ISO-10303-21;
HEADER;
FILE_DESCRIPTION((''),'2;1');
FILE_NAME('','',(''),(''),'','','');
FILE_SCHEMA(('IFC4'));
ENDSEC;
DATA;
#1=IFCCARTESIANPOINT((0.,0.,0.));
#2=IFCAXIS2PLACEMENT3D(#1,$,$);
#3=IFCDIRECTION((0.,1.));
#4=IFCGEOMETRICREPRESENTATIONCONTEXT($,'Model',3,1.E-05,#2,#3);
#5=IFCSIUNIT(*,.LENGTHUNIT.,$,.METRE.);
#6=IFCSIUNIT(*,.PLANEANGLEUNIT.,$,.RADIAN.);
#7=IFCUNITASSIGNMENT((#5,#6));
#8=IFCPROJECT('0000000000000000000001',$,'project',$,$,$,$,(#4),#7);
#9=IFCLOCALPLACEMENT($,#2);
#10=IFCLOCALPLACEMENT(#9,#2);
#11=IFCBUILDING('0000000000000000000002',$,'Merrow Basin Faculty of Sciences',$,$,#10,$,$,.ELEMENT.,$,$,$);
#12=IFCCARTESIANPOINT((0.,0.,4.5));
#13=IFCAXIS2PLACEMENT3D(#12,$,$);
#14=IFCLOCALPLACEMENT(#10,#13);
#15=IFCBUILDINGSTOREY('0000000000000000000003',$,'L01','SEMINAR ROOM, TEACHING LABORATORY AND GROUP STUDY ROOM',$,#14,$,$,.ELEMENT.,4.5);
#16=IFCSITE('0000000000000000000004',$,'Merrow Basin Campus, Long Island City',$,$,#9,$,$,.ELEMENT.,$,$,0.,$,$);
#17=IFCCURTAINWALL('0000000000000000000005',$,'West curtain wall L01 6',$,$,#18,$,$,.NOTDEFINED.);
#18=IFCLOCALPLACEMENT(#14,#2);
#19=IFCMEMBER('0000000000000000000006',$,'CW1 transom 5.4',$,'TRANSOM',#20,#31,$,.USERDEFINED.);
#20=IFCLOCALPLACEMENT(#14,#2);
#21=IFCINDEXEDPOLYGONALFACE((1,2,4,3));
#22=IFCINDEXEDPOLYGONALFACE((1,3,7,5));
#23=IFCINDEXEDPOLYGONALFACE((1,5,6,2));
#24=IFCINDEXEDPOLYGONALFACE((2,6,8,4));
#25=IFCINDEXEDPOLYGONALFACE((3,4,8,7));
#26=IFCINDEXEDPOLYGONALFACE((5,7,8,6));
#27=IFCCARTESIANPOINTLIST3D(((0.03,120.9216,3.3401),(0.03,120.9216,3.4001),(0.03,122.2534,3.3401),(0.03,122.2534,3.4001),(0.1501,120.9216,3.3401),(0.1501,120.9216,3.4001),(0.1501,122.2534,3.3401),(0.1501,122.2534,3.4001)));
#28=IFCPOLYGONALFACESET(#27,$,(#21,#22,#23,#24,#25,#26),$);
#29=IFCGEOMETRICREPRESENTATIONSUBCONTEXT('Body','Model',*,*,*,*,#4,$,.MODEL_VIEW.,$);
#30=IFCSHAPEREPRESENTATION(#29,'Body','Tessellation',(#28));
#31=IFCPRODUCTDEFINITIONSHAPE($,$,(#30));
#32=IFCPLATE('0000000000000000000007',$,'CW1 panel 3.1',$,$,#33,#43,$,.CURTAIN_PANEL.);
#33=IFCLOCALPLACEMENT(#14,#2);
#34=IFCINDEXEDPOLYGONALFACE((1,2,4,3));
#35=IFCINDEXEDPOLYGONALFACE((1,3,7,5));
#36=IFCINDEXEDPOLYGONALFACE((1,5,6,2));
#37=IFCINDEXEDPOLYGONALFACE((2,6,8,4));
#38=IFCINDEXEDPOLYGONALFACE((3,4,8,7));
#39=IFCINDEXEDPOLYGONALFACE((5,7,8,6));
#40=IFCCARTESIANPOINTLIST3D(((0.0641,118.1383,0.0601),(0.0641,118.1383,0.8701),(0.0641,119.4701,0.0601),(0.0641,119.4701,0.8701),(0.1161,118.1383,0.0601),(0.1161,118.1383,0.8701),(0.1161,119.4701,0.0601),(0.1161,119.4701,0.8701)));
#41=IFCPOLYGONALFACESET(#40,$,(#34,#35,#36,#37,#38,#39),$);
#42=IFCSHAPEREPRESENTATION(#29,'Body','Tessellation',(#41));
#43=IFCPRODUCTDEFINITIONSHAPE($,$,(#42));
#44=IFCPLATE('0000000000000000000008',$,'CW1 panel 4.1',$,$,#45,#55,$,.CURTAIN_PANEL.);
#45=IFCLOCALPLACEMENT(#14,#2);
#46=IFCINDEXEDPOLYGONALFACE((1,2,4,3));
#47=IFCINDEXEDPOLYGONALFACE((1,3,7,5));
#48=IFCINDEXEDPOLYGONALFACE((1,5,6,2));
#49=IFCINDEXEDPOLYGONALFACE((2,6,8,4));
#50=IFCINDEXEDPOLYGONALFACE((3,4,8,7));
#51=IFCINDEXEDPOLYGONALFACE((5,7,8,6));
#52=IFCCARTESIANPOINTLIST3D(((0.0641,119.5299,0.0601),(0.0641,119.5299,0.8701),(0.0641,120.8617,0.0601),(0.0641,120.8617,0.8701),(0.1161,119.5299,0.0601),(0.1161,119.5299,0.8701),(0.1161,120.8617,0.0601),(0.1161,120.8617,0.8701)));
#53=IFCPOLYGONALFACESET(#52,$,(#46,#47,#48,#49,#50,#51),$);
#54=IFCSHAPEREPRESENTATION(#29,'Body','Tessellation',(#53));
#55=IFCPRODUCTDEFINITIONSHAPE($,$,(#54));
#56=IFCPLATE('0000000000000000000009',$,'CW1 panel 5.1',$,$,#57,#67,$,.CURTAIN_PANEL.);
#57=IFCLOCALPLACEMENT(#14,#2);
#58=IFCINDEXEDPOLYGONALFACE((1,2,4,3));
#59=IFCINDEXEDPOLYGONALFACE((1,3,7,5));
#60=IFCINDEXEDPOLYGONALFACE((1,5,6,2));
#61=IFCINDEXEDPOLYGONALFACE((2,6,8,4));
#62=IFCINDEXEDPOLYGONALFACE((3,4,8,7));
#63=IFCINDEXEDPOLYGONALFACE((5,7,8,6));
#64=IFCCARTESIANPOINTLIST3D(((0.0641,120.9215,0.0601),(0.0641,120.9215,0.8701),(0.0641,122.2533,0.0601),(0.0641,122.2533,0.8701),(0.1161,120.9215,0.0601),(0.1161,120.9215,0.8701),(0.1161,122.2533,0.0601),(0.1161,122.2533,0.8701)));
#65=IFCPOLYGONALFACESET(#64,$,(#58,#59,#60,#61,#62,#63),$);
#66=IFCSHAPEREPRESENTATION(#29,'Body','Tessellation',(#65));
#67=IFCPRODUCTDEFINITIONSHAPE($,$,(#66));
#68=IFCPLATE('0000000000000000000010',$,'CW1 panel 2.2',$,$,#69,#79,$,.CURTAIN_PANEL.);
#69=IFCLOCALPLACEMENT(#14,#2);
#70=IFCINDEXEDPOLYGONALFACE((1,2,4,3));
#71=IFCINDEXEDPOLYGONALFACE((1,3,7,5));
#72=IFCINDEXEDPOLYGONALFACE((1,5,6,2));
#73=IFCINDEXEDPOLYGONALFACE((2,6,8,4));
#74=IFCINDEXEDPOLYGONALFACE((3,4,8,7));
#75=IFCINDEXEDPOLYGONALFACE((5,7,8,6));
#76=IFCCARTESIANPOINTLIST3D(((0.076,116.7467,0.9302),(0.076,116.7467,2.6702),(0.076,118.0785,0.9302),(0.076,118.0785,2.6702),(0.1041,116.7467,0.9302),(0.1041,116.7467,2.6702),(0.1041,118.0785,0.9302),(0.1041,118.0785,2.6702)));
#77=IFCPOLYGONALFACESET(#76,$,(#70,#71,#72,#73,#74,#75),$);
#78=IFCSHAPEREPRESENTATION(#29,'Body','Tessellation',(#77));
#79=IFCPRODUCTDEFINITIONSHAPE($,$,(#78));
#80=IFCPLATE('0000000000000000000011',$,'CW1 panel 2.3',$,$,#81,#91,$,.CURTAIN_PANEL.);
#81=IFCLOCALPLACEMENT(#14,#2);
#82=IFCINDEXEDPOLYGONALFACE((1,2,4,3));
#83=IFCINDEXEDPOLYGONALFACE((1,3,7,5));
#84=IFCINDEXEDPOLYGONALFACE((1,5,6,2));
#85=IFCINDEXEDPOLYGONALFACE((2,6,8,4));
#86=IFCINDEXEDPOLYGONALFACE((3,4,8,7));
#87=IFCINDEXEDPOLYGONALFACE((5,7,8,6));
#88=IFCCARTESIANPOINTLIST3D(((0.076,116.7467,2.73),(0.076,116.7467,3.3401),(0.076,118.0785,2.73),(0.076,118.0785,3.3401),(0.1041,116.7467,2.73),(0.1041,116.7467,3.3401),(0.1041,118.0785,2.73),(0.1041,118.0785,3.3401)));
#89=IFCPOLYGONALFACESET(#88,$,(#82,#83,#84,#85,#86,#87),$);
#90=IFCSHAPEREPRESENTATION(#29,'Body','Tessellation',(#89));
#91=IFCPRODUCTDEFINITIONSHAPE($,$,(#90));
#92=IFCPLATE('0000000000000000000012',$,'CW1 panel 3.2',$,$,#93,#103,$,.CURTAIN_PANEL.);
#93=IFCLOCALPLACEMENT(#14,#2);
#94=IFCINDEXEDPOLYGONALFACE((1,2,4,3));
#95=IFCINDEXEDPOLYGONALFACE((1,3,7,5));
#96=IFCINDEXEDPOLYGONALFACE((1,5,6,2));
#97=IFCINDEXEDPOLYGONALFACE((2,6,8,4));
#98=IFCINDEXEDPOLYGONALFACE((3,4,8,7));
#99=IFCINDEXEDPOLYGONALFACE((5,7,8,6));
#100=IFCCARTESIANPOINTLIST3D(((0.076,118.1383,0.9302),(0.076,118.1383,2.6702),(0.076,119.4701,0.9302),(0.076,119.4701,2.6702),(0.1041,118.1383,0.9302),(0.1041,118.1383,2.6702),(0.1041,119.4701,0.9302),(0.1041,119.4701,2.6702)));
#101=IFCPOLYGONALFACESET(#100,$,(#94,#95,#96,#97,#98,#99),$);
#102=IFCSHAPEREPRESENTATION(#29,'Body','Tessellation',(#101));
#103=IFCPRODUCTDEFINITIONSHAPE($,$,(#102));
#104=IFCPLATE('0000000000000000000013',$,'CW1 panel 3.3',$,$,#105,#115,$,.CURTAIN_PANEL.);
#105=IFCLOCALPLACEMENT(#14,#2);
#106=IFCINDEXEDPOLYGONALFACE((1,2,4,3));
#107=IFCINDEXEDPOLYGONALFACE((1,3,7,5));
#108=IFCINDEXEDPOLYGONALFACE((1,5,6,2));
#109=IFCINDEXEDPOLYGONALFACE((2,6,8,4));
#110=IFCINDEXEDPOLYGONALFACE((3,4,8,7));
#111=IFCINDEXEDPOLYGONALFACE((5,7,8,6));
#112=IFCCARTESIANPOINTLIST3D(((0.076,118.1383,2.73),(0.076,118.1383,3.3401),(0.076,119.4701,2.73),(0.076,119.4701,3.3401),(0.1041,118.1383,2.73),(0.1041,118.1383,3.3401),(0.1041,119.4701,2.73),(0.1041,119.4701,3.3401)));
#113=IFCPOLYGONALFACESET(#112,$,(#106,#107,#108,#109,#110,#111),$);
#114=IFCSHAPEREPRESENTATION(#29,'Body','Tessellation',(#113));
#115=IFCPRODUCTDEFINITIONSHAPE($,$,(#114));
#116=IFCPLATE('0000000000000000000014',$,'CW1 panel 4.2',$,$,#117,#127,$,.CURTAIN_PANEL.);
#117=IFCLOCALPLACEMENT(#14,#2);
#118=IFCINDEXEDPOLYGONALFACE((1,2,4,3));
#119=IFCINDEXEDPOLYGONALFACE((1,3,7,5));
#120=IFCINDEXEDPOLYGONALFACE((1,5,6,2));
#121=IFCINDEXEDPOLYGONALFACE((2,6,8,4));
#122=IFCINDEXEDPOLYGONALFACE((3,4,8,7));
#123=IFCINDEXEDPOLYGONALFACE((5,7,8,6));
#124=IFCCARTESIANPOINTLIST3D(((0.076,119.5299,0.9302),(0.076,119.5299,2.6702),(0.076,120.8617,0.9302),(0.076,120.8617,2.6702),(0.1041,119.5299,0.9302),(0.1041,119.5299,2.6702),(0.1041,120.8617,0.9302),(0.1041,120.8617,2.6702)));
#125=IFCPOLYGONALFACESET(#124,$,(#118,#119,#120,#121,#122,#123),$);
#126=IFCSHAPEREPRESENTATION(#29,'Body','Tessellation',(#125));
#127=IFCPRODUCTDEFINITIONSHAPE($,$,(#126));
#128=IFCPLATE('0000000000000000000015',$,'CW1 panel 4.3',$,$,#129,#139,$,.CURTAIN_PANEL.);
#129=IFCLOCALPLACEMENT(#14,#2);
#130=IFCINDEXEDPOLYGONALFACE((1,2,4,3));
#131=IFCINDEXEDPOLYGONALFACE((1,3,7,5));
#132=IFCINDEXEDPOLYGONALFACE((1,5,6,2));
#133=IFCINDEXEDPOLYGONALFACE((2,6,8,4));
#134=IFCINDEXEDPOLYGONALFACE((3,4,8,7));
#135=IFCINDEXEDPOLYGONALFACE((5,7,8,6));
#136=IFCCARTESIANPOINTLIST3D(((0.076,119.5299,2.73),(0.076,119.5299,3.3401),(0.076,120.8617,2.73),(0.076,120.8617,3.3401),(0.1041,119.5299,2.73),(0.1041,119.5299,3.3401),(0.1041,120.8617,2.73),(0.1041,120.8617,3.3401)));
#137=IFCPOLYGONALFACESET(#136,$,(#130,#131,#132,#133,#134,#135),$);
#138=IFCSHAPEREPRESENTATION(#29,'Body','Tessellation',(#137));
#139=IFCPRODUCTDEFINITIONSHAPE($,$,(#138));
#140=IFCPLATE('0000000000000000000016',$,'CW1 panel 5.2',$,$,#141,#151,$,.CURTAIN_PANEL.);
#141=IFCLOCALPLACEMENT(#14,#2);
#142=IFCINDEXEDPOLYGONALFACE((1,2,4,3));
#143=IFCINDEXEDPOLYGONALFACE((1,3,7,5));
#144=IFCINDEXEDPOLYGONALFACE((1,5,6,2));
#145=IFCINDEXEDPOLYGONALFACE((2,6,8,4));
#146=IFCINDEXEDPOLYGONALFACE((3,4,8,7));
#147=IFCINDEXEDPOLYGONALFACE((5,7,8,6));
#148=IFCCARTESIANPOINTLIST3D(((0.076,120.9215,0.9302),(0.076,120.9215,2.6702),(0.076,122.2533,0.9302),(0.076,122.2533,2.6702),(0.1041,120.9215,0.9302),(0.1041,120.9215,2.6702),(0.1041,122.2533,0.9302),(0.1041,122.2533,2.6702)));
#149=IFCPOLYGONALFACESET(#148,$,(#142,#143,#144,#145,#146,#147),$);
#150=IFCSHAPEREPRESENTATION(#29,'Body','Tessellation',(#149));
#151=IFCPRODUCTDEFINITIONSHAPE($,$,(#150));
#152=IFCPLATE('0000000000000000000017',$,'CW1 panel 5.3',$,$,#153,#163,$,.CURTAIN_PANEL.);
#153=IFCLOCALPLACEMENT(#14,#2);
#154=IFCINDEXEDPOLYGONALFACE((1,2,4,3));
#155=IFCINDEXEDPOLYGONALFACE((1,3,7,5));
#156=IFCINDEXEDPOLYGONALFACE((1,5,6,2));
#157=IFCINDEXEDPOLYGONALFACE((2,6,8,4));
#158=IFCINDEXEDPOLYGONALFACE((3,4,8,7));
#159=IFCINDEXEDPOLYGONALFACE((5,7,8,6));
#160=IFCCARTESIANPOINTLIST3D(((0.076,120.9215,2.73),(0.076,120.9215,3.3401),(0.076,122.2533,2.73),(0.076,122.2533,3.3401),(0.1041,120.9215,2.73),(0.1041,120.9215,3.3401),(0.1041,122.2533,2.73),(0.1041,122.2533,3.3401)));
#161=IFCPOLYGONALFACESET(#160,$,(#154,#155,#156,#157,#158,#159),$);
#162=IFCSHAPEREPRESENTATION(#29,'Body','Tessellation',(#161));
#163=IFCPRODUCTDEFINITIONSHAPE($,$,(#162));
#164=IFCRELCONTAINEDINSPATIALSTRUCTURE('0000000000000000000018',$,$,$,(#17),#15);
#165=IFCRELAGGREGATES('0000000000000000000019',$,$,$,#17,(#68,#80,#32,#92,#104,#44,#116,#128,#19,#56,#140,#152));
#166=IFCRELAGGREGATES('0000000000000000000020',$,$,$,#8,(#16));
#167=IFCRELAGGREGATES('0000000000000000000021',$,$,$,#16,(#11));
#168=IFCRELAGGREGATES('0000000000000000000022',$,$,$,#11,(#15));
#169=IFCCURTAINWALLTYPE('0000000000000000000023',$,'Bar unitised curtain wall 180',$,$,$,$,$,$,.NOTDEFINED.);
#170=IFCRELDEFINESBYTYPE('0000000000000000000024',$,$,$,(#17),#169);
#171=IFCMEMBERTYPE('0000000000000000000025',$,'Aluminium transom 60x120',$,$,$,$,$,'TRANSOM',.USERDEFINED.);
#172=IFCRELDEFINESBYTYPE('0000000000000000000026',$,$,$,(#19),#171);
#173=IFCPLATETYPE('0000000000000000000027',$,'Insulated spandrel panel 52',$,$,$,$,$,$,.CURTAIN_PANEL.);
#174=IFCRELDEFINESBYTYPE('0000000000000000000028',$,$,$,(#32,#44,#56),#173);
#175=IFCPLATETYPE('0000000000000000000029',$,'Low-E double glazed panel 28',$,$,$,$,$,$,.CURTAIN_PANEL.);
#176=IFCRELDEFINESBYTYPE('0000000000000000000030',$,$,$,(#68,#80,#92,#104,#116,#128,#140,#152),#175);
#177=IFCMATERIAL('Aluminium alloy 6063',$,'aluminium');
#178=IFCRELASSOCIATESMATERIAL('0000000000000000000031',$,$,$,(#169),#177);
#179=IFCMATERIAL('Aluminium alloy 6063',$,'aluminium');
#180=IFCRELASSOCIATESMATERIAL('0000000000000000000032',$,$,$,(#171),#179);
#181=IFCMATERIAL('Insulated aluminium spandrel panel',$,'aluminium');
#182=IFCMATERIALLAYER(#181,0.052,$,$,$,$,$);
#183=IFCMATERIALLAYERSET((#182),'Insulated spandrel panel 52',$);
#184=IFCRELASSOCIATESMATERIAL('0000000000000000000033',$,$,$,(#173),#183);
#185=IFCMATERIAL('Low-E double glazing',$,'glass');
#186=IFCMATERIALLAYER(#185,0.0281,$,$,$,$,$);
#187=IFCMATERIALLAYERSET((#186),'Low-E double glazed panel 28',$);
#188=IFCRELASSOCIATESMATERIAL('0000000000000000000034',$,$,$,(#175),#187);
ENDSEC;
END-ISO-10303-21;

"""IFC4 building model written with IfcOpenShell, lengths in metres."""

from ifc_helpers import new_model, si_unit, direction, frame, origin, origin_2d, place, context, subcontext, project, spatial, rectangle, extrude, material, layer, layer_set, material_profile, profile_set, type_object, element, aggregate, save


model = new_model("IFC4")

# Units and contexts
model_context = context("Model", 3, precision=1e-05, world=origin(), true_north=direction((0.0, 1.0)))
body_context = subcontext(model_context, "Body", "Model", "MODEL_VIEW")
ifc_project = project(units=[si_unit("LENGTHUNIT", "METRE"), si_unit("PLANEANGLEUNIT", "RADIAN")], contexts=[model_context])

# Site, building, storey
site_placement = place(None, origin())
site = spatial("IfcSite", under=ifc_project, at=site_placement, Name="Merrow Basin Campus, Long Island City", CompositionType="ELEMENT", RefElevation=0.0)
building_placement = place(site_placement, origin())
building = spatial("IfcBuilding", under=site, at=building_placement, Name="Merrow Basin Faculty of Sciences", CompositionType="ELEMENT")
storey_placement = place(building_placement, frame((0.0, 0.0, 4.5)))
storey = spatial("IfcBuildingStorey", under=building, at=storey_placement, Name="L01", Description="SEMINAR ROOM, TEACHING LABORATORY AND GROUP STUDY ROOM", CompositionType="ELEMENT", Elevation=4.5)

# Curtain wall, member, plates
ifc_material_1 = material(Name="Aluminium alloy 6063", Category="aluminium")
curtain_wall_type = type_object("IfcCurtainWallType", Name="Bar unitised curtain wall 180", PredefinedType="NOTDEFINED", material=ifc_material_1)
curtain_wall_placement = place(storey_placement, origin())
curtain_wall = element("IfcCurtainWall", 1, at=curtain_wall_placement, inside=storey, type_object=curtain_wall_type, Name="West curtain wall L01 6", PredefinedType="NOTDEFINED")
ifc_material_2 = material(Name="Aluminium alloy 6063", Category="aluminium")
ifc_material_profile_1 = material_profile(ifc_material_2, rectangle(XDim=0.1201, YDim=0.0601, at=origin_2d()))
ifc_profile_set_1 = profile_set([ifc_material_profile_1], Name="Aluminium alloy 6063")
member_type_1 = type_object("IfcMemberType", Name="Aluminium transom 60x120", ElementType="TRANSOM", PredefinedType="USERDEFINED", material=ifc_profile_set_1)
member_1_placement = place(storey_placement, frame((0.0901, 120.9216, 3.3701), z_axis=(0.0, 1.0, 0.0), x_axis=(-1.0, 0.0, 0.0)))
member_1 = element("IfcMember", 2, at=member_1_placement, type_object=member_type_1, Name="CW1 transom 5.4", ObjectType="TRANSOM", PredefinedType="USERDEFINED", context=body_context, shape_type="SweptSolid", body=[
    extrude(rectangle(XDim=0.1201, YDim=0.0601, at=origin_2d()), origin(), (0.0, 0.0, 1.0), 1.3318),
])
ifc_material_3 = material(Name="Insulated aluminium spandrel panel", Category="aluminium")
ifc_layer_1 = layer(ifc_material_3, 0.052)
ifc_layer_set_1 = layer_set([ifc_layer_1], Name="Insulated spandrel panel 52")
plate_type_1 = type_object("IfcPlateType", Name="Insulated spandrel panel 52", PredefinedType="CURTAIN_PANEL", material=ifc_layer_set_1)
plate_1_placement = place(storey_placement, frame((0.0901, 118.8042, 0.0601), z_axis=(0.0, 0.0, 1.0), x_axis=(0.0, 1.0, 0.0)))
plate_1 = element("IfcPlate", 3, at=plate_1_placement, type_object=plate_type_1, Name="CW1 panel 3.1", PredefinedType="CURTAIN_PANEL", context=body_context, shape_type="SweptSolid", body=[
    extrude(rectangle(XDim=1.3318, YDim=0.052, at=origin_2d()), origin(), (0.0, 0.0, 1.0), 0.8101),
])
plate_2_placement = place(storey_placement, frame((0.0901, 120.1958, 0.0601), z_axis=(0.0, 0.0, 1.0), x_axis=(0.0, 1.0, 0.0)))
plate_2 = element("IfcPlate", 4, at=plate_2_placement, type_object=plate_type_1, Name="CW1 panel 4.1", PredefinedType="CURTAIN_PANEL", context=body_context, shape_type="SweptSolid", body=[
    extrude(rectangle(XDim=1.3318, YDim=0.052, at=origin_2d()), origin(), (0.0, 0.0, 1.0), 0.8101),
])
plate_3_placement = place(storey_placement, frame((0.0901, 121.5874, 0.0601), z_axis=(0.0, 0.0, 1.0), x_axis=(0.0, 1.0, 0.0)))
plate_3 = element("IfcPlate", 5, at=plate_3_placement, type_object=plate_type_1, Name="CW1 panel 5.1", PredefinedType="CURTAIN_PANEL", context=body_context, shape_type="SweptSolid", body=[
    extrude(rectangle(XDim=1.3318, YDim=0.052, at=origin_2d()), origin(), (0.0, 0.0, 1.0), 0.8101),
])
ifc_material_4 = material(Name="Low-E double glazing", Category="glass")
ifc_layer_2 = layer(ifc_material_4, 0.0281)
ifc_layer_set_2 = layer_set([ifc_layer_2], Name="Low-E double glazed panel 28")
plate_type_2 = type_object("IfcPlateType", Name="Low-E double glazed panel 28", PredefinedType="CURTAIN_PANEL", material=ifc_layer_set_2)
plate_4_placement = place(storey_placement, frame((0.0901, 117.4126, 0.9302), z_axis=(0.0, 0.0, 1.0), x_axis=(0.0, 1.0, 0.0)))
plate_4 = element("IfcPlate", 6, at=plate_4_placement, type_object=plate_type_2, Name="CW1 panel 2.2", PredefinedType="CURTAIN_PANEL", context=body_context, shape_type="SweptSolid", body=[
    extrude(rectangle(XDim=1.3318, YDim=0.0281, at=origin_2d()), origin(), (0.0, 0.0, 1.0), 1.74),
])
plate_5_placement = place(storey_placement, frame((0.0901, 117.4126, 2.73), z_axis=(0.0, 0.0, 1.0), x_axis=(0.0, 1.0, 0.0)))
plate_5 = element("IfcPlate", 7, at=plate_5_placement, type_object=plate_type_2, Name="CW1 panel 2.3", PredefinedType="CURTAIN_PANEL", context=body_context, shape_type="SweptSolid", body=[
    extrude(rectangle(XDim=1.3318, YDim=0.0281, at=origin_2d()), origin(), (0.0, 0.0, 1.0), 0.6101),
])
plate_6_placement = place(storey_placement, frame((0.0901, 118.8042, 0.9302), z_axis=(0.0, 0.0, 1.0), x_axis=(0.0, 1.0, 0.0)))
plate_6 = element("IfcPlate", 8, at=plate_6_placement, type_object=plate_type_2, Name="CW1 panel 3.2", PredefinedType="CURTAIN_PANEL", context=body_context, shape_type="SweptSolid", body=[
    extrude(rectangle(XDim=1.3318, YDim=0.0281, at=origin_2d()), origin(), (0.0, 0.0, 1.0), 1.74),
])
plate_7_placement = place(storey_placement, frame((0.0901, 118.8042, 2.73), z_axis=(0.0, 0.0, 1.0), x_axis=(0.0, 1.0, 0.0)))
plate_7 = element("IfcPlate", 9, at=plate_7_placement, type_object=plate_type_2, Name="CW1 panel 3.3", PredefinedType="CURTAIN_PANEL", context=body_context, shape_type="SweptSolid", body=[
    extrude(rectangle(XDim=1.3318, YDim=0.0281, at=origin_2d()), origin(), (0.0, 0.0, 1.0), 0.6101),
])
plate_8_placement = place(storey_placement, frame((0.0901, 120.1958, 0.9302), z_axis=(0.0, 0.0, 1.0), x_axis=(0.0, 1.0, 0.0)))
plate_8 = element("IfcPlate", 10, at=plate_8_placement, type_object=plate_type_2, Name="CW1 panel 4.2", PredefinedType="CURTAIN_PANEL", context=body_context, shape_type="SweptSolid", body=[
    extrude(rectangle(XDim=1.3318, YDim=0.0281, at=origin_2d()), origin(), (0.0, 0.0, 1.0), 1.74),
])
plate_9_placement = place(storey_placement, frame((0.0901, 120.1958, 2.73), z_axis=(0.0, 0.0, 1.0), x_axis=(0.0, 1.0, 0.0)))
plate_9 = element("IfcPlate", 11, at=plate_9_placement, type_object=plate_type_2, Name="CW1 panel 4.3", PredefinedType="CURTAIN_PANEL", context=body_context, shape_type="SweptSolid", body=[
    extrude(rectangle(XDim=1.3318, YDim=0.0281, at=origin_2d()), origin(), (0.0, 0.0, 1.0), 0.6101),
])
plate_10_placement = place(storey_placement, frame((0.0901, 121.5874, 0.9302), z_axis=(0.0, 0.0, 1.0), x_axis=(0.0, 1.0, 0.0)))
plate_10 = element("IfcPlate", 12, at=plate_10_placement, type_object=plate_type_2, Name="CW1 panel 5.2", PredefinedType="CURTAIN_PANEL", context=body_context, shape_type="SweptSolid", body=[
    extrude(rectangle(XDim=1.3318, YDim=0.0281, at=origin_2d()), origin(), (0.0, 0.0, 1.0), 1.74),
])
plate_11_placement = place(storey_placement, frame((0.0901, 121.5874, 2.73), z_axis=(0.0, 0.0, 1.0), x_axis=(0.0, 1.0, 0.0)))
plate_11 = element("IfcPlate", 13, at=plate_11_placement, type_object=plate_type_2, Name="CW1 panel 5.3", PredefinedType="CURTAIN_PANEL", context=body_context, shape_type="SweptSolid", body=[
    extrude(rectangle(XDim=1.3318, YDim=0.0281, at=origin_2d()), origin(), (0.0, 0.0, 1.0), 0.6101),
])
aggregate(curtain_wall, [plate_4, plate_5, plate_1, plate_6, plate_7, plate_2, plate_8, plate_9, member_1, plate_3, plate_10, plate_11])

save(model, "model.ifc")
